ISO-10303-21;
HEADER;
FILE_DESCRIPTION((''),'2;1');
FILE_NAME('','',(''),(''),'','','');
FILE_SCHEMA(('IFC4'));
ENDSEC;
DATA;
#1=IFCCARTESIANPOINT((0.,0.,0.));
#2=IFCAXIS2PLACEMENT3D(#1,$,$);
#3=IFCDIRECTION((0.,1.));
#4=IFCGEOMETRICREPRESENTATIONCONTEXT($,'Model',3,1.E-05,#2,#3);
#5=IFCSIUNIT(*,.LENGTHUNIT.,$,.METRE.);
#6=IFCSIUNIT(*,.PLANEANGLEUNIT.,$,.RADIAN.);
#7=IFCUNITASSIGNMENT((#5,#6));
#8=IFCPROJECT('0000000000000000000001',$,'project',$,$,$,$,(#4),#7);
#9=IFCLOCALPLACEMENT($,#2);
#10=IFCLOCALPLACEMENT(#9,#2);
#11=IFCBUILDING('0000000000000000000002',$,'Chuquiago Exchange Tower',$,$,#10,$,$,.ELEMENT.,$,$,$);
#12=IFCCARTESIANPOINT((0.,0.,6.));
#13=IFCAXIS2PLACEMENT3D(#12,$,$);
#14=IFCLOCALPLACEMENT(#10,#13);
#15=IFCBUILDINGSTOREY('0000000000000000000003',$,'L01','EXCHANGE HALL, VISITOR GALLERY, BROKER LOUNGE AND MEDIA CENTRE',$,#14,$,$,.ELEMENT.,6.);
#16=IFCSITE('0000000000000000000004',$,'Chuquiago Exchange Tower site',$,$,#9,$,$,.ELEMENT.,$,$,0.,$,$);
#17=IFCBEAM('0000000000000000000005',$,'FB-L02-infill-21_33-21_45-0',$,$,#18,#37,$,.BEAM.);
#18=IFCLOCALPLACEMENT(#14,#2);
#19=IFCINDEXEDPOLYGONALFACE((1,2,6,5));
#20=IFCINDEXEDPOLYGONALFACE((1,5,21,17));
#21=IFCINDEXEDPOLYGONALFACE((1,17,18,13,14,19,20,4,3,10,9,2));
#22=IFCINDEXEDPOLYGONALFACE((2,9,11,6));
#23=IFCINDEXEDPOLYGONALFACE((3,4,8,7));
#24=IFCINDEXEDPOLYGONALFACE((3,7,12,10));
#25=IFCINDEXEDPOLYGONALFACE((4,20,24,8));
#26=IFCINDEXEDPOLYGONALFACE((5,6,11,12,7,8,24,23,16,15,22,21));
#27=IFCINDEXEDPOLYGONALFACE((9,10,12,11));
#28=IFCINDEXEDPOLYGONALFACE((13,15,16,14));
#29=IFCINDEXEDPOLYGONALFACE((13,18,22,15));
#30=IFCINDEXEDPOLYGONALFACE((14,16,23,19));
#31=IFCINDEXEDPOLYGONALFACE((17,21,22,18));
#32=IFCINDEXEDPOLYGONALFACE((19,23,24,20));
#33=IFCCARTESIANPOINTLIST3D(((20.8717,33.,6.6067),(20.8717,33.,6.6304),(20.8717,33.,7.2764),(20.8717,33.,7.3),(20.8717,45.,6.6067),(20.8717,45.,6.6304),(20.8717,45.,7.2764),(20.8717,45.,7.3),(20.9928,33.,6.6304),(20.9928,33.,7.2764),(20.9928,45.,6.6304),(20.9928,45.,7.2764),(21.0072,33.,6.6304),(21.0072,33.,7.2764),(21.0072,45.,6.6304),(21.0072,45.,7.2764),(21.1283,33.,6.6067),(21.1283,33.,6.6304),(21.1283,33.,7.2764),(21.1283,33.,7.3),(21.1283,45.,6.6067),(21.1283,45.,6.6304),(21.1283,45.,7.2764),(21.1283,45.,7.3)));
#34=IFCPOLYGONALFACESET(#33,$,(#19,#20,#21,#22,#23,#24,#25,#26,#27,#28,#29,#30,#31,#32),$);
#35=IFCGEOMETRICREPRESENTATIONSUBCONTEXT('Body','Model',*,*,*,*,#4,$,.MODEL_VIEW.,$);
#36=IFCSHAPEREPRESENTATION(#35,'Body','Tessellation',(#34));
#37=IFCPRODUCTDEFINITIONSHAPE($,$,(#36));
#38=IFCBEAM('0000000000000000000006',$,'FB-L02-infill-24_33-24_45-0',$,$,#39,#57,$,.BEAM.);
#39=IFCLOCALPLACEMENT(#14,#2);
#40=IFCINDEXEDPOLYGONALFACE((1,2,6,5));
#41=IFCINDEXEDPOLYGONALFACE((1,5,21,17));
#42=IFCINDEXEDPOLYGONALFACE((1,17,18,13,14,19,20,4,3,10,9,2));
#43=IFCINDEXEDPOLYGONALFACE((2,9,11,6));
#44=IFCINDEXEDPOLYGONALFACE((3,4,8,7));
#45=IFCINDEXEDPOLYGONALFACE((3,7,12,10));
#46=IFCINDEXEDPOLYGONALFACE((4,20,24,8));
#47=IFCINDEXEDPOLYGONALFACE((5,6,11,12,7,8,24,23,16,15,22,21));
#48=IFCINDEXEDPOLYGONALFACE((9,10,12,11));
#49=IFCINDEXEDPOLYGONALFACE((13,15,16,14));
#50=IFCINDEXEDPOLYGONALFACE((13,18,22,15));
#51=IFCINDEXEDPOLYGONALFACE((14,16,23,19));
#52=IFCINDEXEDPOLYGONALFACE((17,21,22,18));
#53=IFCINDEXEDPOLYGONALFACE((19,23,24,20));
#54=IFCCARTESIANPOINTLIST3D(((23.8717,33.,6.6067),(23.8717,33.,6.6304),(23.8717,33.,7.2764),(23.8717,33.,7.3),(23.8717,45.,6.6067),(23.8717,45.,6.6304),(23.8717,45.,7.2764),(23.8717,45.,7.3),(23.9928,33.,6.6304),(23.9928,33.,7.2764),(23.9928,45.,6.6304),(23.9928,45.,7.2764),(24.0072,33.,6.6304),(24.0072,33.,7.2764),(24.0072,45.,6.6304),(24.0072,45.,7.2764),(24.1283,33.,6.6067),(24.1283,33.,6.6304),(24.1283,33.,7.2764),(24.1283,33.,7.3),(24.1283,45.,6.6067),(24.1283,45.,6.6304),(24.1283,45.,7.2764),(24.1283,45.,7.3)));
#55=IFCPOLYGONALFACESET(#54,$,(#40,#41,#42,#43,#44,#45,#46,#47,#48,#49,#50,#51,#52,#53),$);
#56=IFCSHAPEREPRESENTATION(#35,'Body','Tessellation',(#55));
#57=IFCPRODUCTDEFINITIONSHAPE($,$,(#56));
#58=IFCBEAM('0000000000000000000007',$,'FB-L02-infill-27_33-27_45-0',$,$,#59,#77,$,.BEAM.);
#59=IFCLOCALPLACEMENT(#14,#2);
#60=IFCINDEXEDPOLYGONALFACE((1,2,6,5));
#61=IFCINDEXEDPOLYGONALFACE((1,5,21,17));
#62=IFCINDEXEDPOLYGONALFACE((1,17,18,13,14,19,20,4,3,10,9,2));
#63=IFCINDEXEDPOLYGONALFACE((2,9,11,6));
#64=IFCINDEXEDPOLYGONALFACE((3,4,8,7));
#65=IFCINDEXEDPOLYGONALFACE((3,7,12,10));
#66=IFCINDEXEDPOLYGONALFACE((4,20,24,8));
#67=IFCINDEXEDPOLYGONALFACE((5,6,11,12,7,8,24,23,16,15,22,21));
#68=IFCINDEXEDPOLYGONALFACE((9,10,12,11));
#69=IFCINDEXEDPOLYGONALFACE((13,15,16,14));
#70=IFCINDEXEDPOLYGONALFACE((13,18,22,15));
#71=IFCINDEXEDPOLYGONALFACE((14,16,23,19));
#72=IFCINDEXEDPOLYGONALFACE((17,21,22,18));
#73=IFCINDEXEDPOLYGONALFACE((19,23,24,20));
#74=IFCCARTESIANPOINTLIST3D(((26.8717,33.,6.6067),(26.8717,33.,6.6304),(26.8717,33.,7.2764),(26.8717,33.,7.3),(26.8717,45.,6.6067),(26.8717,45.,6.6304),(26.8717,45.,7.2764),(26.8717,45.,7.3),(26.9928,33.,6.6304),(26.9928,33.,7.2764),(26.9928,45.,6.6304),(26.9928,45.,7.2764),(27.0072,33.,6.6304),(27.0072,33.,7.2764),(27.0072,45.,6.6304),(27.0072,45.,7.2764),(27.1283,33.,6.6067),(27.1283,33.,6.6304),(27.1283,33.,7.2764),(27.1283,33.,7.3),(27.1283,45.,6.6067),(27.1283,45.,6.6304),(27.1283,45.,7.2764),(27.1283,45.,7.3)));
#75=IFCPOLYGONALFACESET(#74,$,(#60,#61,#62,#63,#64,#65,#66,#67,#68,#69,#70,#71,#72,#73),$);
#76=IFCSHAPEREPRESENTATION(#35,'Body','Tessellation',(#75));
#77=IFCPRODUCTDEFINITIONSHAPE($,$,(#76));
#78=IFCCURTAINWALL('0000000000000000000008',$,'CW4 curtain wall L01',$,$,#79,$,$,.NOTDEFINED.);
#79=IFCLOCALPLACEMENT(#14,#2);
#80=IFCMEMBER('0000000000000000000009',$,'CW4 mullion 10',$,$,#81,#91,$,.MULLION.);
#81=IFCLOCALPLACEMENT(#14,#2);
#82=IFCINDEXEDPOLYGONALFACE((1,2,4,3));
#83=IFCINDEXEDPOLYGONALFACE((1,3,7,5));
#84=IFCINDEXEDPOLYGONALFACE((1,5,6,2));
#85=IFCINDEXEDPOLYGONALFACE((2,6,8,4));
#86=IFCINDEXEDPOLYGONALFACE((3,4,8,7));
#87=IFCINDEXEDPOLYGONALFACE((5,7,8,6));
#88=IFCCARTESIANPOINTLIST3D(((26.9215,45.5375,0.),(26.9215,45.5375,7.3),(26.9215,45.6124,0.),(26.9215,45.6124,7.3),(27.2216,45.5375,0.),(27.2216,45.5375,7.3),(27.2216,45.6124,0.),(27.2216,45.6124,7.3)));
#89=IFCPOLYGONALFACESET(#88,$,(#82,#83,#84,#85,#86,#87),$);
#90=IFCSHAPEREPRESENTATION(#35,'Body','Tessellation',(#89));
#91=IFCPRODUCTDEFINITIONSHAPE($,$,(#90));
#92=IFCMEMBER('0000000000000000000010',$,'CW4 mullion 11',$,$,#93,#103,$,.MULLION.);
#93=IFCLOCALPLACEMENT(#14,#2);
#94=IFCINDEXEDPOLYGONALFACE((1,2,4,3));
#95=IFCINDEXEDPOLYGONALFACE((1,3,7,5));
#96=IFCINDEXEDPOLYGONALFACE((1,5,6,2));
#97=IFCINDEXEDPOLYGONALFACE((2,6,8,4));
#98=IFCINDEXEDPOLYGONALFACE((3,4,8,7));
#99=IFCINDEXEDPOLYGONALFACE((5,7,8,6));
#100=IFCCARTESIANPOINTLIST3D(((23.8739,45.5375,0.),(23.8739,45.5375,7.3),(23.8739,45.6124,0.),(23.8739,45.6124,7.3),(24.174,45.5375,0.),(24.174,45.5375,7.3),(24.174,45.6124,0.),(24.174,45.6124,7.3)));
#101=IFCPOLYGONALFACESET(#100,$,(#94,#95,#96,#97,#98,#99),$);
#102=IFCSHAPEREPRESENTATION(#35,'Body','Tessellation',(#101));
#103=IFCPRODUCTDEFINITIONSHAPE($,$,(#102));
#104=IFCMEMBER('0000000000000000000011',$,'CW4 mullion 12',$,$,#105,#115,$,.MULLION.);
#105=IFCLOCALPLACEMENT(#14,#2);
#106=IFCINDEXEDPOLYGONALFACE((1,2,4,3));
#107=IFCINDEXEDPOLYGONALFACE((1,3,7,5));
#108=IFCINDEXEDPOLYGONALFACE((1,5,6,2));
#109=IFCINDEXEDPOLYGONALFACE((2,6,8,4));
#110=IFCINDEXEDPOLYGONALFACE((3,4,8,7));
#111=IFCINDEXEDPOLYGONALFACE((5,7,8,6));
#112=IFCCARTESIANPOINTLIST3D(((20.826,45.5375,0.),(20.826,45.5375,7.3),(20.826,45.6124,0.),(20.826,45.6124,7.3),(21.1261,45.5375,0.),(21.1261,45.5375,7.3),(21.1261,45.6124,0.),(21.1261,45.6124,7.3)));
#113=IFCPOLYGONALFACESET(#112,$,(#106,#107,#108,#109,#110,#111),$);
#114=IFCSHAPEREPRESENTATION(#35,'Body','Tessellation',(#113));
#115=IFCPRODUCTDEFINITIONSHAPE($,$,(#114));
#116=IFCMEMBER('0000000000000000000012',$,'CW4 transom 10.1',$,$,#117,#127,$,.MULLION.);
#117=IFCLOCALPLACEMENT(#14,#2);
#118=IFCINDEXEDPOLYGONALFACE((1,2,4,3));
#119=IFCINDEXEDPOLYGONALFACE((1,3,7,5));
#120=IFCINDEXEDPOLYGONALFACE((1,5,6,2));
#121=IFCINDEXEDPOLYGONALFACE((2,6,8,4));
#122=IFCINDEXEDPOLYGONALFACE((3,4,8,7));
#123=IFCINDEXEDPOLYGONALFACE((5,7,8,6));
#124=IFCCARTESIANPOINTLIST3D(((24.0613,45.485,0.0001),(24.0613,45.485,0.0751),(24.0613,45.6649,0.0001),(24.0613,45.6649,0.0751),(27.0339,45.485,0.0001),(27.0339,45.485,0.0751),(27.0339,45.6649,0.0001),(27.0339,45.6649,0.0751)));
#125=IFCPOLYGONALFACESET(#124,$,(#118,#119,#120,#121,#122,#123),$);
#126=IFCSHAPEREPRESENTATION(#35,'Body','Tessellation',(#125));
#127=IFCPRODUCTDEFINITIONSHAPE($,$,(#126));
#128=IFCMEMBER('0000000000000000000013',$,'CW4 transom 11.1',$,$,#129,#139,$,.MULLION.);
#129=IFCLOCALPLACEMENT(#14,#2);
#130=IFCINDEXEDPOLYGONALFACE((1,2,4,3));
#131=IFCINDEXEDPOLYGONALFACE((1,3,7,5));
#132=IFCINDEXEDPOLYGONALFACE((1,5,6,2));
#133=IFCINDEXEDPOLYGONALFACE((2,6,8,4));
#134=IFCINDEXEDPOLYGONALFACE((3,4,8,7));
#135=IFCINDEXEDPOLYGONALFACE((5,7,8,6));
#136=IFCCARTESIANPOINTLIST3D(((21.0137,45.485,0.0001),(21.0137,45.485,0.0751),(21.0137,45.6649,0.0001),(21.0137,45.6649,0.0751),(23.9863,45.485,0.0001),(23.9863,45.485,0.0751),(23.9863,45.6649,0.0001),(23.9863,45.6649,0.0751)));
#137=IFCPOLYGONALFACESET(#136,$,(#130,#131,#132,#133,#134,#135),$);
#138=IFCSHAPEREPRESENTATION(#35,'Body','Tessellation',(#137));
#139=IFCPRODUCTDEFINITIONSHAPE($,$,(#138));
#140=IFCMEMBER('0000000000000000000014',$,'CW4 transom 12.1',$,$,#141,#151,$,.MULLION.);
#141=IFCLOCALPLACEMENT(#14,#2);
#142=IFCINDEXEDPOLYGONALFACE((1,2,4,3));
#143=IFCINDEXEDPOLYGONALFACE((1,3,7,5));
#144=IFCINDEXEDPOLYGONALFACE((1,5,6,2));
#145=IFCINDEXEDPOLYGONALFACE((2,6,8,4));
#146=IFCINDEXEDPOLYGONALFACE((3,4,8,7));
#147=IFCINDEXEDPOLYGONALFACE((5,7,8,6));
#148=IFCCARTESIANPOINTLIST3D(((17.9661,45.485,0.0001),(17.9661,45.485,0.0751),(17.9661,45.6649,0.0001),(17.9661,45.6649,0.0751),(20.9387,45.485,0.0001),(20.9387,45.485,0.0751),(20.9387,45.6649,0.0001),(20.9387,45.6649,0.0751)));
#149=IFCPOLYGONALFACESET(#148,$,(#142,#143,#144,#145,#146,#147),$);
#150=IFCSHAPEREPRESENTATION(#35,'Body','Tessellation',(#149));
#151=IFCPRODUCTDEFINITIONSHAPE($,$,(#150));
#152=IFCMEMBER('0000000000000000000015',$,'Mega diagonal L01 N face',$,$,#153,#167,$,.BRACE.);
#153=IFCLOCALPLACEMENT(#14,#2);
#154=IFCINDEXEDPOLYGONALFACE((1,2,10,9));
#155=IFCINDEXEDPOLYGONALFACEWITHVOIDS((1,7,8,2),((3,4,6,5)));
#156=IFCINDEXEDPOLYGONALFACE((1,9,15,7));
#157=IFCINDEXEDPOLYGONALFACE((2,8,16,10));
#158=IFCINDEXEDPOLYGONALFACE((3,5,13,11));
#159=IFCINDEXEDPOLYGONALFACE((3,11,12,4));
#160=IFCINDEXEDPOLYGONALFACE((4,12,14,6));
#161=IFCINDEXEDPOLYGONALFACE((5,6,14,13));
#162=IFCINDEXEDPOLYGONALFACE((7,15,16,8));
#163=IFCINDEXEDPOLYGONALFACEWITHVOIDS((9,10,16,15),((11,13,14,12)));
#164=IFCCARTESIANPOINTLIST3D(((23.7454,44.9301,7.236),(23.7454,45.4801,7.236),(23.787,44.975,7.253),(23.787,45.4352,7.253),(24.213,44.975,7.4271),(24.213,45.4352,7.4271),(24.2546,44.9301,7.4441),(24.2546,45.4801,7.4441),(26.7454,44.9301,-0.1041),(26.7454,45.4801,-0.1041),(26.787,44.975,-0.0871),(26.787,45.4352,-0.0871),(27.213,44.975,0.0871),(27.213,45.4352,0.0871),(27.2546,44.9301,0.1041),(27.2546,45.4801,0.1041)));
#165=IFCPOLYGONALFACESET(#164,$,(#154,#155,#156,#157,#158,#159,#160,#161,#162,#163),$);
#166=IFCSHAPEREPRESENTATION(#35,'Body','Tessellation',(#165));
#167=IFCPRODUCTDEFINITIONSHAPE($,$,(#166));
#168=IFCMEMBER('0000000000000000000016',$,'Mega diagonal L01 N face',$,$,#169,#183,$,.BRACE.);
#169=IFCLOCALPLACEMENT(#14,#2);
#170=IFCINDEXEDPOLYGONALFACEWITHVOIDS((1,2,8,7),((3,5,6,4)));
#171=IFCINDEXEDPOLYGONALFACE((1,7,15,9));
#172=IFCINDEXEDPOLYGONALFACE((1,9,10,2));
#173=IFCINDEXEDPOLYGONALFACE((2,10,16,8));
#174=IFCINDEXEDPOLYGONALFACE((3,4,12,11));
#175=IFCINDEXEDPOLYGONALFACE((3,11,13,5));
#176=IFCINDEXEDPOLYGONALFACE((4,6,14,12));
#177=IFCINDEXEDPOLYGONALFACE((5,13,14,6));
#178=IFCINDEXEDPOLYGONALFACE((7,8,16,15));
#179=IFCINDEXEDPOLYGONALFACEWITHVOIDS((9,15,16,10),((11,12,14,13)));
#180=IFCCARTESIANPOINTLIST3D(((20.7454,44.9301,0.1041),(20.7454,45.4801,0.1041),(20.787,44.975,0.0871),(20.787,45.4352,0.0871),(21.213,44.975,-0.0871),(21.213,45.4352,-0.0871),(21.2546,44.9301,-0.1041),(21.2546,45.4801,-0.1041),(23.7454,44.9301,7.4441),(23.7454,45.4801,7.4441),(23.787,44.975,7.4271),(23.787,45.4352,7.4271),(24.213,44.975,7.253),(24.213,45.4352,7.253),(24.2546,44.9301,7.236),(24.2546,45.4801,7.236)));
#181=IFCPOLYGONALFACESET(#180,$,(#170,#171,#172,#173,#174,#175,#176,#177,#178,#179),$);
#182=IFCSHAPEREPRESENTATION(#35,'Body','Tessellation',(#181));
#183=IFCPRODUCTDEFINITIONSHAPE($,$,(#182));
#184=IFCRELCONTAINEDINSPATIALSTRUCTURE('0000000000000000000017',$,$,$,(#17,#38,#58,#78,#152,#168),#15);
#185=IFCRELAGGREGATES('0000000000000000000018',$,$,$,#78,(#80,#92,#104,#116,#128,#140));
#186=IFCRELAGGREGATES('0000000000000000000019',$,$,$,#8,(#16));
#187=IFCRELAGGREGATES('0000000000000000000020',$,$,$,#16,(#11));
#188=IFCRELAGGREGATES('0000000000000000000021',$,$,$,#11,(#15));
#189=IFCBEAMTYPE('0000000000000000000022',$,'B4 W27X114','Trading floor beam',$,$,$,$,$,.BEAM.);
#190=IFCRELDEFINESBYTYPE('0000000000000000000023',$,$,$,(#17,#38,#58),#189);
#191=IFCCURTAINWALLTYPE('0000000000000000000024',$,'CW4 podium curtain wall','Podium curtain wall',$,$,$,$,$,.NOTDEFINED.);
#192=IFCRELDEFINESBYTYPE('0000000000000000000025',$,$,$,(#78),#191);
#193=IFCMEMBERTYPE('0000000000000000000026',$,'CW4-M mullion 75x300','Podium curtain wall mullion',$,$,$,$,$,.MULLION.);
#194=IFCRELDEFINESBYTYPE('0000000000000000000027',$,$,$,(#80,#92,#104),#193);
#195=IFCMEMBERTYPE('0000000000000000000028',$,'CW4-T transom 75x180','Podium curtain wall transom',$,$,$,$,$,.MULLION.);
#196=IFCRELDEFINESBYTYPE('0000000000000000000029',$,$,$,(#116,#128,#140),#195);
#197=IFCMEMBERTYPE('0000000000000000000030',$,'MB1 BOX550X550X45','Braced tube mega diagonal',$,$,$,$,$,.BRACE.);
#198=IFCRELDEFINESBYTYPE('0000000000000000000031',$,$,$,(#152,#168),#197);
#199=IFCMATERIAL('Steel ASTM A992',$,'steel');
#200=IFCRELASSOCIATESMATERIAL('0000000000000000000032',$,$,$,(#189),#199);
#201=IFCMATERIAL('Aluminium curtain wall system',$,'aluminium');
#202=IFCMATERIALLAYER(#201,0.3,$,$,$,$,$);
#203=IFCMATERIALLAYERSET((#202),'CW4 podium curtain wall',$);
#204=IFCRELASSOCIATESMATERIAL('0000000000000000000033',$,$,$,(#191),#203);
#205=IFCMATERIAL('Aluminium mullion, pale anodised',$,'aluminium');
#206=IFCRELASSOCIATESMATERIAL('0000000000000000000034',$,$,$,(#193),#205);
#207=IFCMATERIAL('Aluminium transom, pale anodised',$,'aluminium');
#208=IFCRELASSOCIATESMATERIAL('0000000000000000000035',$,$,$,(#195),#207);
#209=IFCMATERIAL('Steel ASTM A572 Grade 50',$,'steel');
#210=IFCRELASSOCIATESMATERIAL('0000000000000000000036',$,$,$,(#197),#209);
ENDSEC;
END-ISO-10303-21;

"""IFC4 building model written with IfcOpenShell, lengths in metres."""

from ifc_helpers import new_model, si_unit, direction, frame, origin, origin_2d, place, context, subcontext, project, spatial, rectangle, hollow_rectangle, i_section, extrude, material, layer, layer_set, material_profile, profile_set, type_object, element, aggregate, save


model = new_model("IFC4")

# Units and contexts
model_context = context("Model", 3, precision=1e-05, world=origin(), true_north=direction((0.0, 1.0)))
body_context = subcontext(model_context, "Body", "Model", "MODEL_VIEW")
ifc_project = project(units=[si_unit("LENGTHUNIT", "METRE"), si_unit("PLANEANGLEUNIT", "RADIAN")], contexts=[model_context])

# Site, building, storey
site_placement = place(None, origin())
site = spatial("IfcSite", under=ifc_project, at=site_placement, Name="Chuquiago Exchange Tower site", CompositionType="ELEMENT", RefElevation=0.0)
building_placement = place(site_placement, origin())
building = spatial("IfcBuilding", under=site, at=building_placement, Name="Chuquiago Exchange Tower", CompositionType="ELEMENT")
storey_placement = place(building_placement, frame((0.0, 0.0, 6.0)))
storey = spatial("IfcBuildingStorey", under=building, at=storey_placement, Name="L01", Description="EXCHANGE HALL, VISITOR GALLERY, BROKER LOUNGE AND MEDIA CENTRE", CompositionType="ELEMENT", Elevation=6.0)

# Beams
ifc_material_1 = material(Name="Steel ASTM A992", Category="steel")
ifc_material_profile_1 = material_profile(ifc_material_1, i_section(OverallWidth=0.2566, OverallDepth=0.6934, WebThickness=0.0144, FlangeThickness=0.0237, at=origin_2d()), Name="W27X114")
ifc_profile_set_1 = profile_set([ifc_material_profile_1], Name="Steel ASTM A992")
beam_type_1 = type_object("IfcBeamType", Name="B4 W27X114", Description="Trading floor beam", PredefinedType="BEAM", material=ifc_profile_set_1)
for number, where, z_axis, x_axis, name in (
    (1, (21.0, 33.0, 6.9534), (0.0, 1.0, 0.0), (-1.0, 0.0, 0.0), "FB-L02-infill-21_33-21_45-0"),
    (2, (24.0, 33.0, 6.9534), (0.0, 1.0, 0.0), (-1.0, 0.0, 0.0), "FB-L02-infill-24_33-24_45-0"),
    (3, (27.0, 33.0, 6.9534), (0.0, 1.0, 0.0), (-1.0, 0.0, 0.0), "FB-L02-infill-27_33-27_45-0"),
):
    element("IfcBeam", number, at=place(storey_placement, frame(where, z_axis=z_axis, x_axis=x_axis)), inside=storey, type_object=beam_type_1, Name=name, PredefinedType="BEAM", context=body_context, shape_type="SweptSolid", body=[
        extrude(i_section(OverallWidth=0.2566, OverallDepth=0.6934, WebThickness=0.0144, FlangeThickness=0.0237, at=origin_2d()), origin(), (0.0, 0.0, 1.0), 12.0),
    ])

# Curtain wall, members
ifc_material_2 = material(Name="Aluminium curtain wall system", Category="aluminium")
ifc_layer_1 = layer(ifc_material_2, 0.3)
ifc_layer_set_1 = layer_set([ifc_layer_1], Name="CW4 podium curtain wall")
curtain_wall_type = type_object("IfcCurtainWallType", Name="CW4 podium curtain wall", Description="Podium curtain wall", PredefinedType="NOTDEFINED", material=ifc_layer_set_1)
curtain_wall_placement = place(storey_placement, origin())
curtain_wall = element("IfcCurtainWall", 4, at=curtain_wall_placement, inside=storey, type_object=curtain_wall_type, Name="CW4 curtain wall L01", PredefinedType="NOTDEFINED")
ifc_material_3 = material(Name="Aluminium mullion, pale anodised", Category="aluminium")
ifc_material_profile_2 = material_profile(ifc_material_3, rectangle(XDim=0.075, YDim=0.3, at=origin_2d()), Name="AL 75x300")
ifc_profile_set_2 = profile_set([ifc_material_profile_2], Name="Aluminium mullion, pale anodised")
member_type_1 = type_object("IfcMemberType", Name="CW4-M mullion 75x300", Description="Podium curtain wall mullion", PredefinedType="MULLION", material=ifc_profile_set_2)
member_1_placement = place(storey_placement, frame((27.0715, 45.575, 0.0), z_axis=(0.0, 0.0, 1.0), x_axis=(0.0, -1.0, 0.0)))
member_1 = element("IfcMember", 5, at=member_1_placement, type_object=member_type_1, Name="CW4 mullion 10", PredefinedType="MULLION", context=body_context, shape_type="SweptSolid", body=[
    extrude(rectangle(XDim=0.075, YDim=0.3, at=origin_2d()), origin(), (0.0, 0.0, 1.0), 7.3),
])
member_2_placement = place(storey_placement, frame((24.0239, 45.575, 0.0), z_axis=(0.0, 0.0, 1.0), x_axis=(0.0, -1.0, 0.0)))
member_2 = element("IfcMember", 6, at=member_2_placement, type_object=member_type_1, Name="CW4 mullion 11", PredefinedType="MULLION", context=body_context, shape_type="SweptSolid", body=[
    extrude(rectangle(XDim=0.075, YDim=0.3, at=origin_2d()), origin(), (0.0, 0.0, 1.0), 7.3),
])
member_3_placement = place(storey_placement, frame((20.9761, 45.575, 0.0), z_axis=(0.0, 0.0, 1.0), x_axis=(0.0, -1.0, 0.0)))
member_3 = element("IfcMember", 7, at=member_3_placement, type_object=member_type_1, Name="CW4 mullion 12", PredefinedType="MULLION", context=body_context, shape_type="SweptSolid", body=[
    extrude(rectangle(XDim=0.075, YDim=0.3, at=origin_2d()), origin(), (0.0, 0.0, 1.0), 7.3),
])
ifc_material_4 = material(Name="Aluminium transom, pale anodised", Category="aluminium")
ifc_material_profile_3 = material_profile(ifc_material_4, rectangle(XDim=0.1799, YDim=0.075, at=origin_2d()), Name="AL 180x75")
ifc_profile_set_3 = profile_set([ifc_material_profile_3], Name="Aluminium transom, pale anodised")
member_type_2 = type_object("IfcMemberType", Name="CW4-T transom 75x180", Description="Podium curtain wall transom", PredefinedType="MULLION", material=ifc_profile_set_3)
member_4_placement = place(storey_placement, frame((27.0339, 45.575, 0.0376), z_axis=(-1.0, 0.0, 0.0), x_axis=(0.0, -1.0, 0.0)))
member_4 = element("IfcMember", 8, at=member_4_placement, type_object=member_type_2, Name="CW4 transom 10.1", PredefinedType="MULLION", context=body_context, shape_type="SweptSolid", body=[
    extrude(rectangle(XDim=0.1799, YDim=0.075, at=origin_2d()), origin(), (0.0, 0.0, 1.0), 2.9727),
])
member_5_placement = place(storey_placement, frame((23.9863, 45.575, 0.0376), z_axis=(-1.0, 0.0, 0.0), x_axis=(0.0, -1.0, 0.0)))
member_5 = element("IfcMember", 9, at=member_5_placement, type_object=member_type_2, Name="CW4 transom 11.1", PredefinedType="MULLION", context=body_context, shape_type="SweptSolid", body=[
    extrude(rectangle(XDim=0.1799, YDim=0.075, at=origin_2d()), origin(), (0.0, 0.0, 1.0), 2.9727),
])
member_6_placement = place(storey_placement, frame((20.9387, 45.575, 0.0376), z_axis=(-1.0, 0.0, 0.0), x_axis=(0.0, -1.0, 0.0)))
member_6 = element("IfcMember", 10, at=member_6_placement, type_object=member_type_2, Name="CW4 transom 12.1", PredefinedType="MULLION", context=body_context, shape_type="SweptSolid", body=[
    extrude(rectangle(XDim=0.1799, YDim=0.075, at=origin_2d()), origin(), (0.0, 0.0, 1.0), 2.9727),
])

# Members
ifc_material_5 = material(Name="Steel ASTM A572 Grade 50", Category="steel")
ifc_material_profile_4 = material_profile(ifc_material_5, hollow_rectangle(XDim=0.55, YDim=0.55, WallThickness=0.0449, at=origin_2d()), Name="BOX550X550X45")
ifc_profile_set_4 = profile_set([ifc_material_profile_4], Name="Steel ASTM A572 Grade 50")
member_type_3 = type_object("IfcMemberType", Name="MB1 BOX550X550X45", Description="Braced tube mega diagonal", PredefinedType="BRACE", material=ifc_profile_set_4)
for number, where, z_axis, x_axis, name in (
    (11, (27.0, 45.2051, 0.0), (-0.378334, 0.0, 0.925669), (0.0, -1.0, 0.0), "Mega diagonal L01 N face"),
    (12, (21.0, 45.2051, 0.0), (0.378334, 0.0, 0.925669), (0.0, 1.0, 0.0), "Mega diagonal L01 N face"),
):
    element("IfcMember", number, at=place(storey_placement, frame(where, z_axis=z_axis, x_axis=x_axis)), inside=storey, type_object=member_type_3, Name=name, PredefinedType="BRACE", context=body_context, shape_type="SweptSolid", body=[
        extrude(hollow_rectangle(XDim=0.55, YDim=0.55, WallThickness=0.0449, at=origin_2d()), origin(), (0.0, 0.0, 1.0), 7.9294),
    ])

aggregate(curtain_wall, [member_1, member_2, member_3, member_4, member_5, member_6])

save(model, "model.ifc")
